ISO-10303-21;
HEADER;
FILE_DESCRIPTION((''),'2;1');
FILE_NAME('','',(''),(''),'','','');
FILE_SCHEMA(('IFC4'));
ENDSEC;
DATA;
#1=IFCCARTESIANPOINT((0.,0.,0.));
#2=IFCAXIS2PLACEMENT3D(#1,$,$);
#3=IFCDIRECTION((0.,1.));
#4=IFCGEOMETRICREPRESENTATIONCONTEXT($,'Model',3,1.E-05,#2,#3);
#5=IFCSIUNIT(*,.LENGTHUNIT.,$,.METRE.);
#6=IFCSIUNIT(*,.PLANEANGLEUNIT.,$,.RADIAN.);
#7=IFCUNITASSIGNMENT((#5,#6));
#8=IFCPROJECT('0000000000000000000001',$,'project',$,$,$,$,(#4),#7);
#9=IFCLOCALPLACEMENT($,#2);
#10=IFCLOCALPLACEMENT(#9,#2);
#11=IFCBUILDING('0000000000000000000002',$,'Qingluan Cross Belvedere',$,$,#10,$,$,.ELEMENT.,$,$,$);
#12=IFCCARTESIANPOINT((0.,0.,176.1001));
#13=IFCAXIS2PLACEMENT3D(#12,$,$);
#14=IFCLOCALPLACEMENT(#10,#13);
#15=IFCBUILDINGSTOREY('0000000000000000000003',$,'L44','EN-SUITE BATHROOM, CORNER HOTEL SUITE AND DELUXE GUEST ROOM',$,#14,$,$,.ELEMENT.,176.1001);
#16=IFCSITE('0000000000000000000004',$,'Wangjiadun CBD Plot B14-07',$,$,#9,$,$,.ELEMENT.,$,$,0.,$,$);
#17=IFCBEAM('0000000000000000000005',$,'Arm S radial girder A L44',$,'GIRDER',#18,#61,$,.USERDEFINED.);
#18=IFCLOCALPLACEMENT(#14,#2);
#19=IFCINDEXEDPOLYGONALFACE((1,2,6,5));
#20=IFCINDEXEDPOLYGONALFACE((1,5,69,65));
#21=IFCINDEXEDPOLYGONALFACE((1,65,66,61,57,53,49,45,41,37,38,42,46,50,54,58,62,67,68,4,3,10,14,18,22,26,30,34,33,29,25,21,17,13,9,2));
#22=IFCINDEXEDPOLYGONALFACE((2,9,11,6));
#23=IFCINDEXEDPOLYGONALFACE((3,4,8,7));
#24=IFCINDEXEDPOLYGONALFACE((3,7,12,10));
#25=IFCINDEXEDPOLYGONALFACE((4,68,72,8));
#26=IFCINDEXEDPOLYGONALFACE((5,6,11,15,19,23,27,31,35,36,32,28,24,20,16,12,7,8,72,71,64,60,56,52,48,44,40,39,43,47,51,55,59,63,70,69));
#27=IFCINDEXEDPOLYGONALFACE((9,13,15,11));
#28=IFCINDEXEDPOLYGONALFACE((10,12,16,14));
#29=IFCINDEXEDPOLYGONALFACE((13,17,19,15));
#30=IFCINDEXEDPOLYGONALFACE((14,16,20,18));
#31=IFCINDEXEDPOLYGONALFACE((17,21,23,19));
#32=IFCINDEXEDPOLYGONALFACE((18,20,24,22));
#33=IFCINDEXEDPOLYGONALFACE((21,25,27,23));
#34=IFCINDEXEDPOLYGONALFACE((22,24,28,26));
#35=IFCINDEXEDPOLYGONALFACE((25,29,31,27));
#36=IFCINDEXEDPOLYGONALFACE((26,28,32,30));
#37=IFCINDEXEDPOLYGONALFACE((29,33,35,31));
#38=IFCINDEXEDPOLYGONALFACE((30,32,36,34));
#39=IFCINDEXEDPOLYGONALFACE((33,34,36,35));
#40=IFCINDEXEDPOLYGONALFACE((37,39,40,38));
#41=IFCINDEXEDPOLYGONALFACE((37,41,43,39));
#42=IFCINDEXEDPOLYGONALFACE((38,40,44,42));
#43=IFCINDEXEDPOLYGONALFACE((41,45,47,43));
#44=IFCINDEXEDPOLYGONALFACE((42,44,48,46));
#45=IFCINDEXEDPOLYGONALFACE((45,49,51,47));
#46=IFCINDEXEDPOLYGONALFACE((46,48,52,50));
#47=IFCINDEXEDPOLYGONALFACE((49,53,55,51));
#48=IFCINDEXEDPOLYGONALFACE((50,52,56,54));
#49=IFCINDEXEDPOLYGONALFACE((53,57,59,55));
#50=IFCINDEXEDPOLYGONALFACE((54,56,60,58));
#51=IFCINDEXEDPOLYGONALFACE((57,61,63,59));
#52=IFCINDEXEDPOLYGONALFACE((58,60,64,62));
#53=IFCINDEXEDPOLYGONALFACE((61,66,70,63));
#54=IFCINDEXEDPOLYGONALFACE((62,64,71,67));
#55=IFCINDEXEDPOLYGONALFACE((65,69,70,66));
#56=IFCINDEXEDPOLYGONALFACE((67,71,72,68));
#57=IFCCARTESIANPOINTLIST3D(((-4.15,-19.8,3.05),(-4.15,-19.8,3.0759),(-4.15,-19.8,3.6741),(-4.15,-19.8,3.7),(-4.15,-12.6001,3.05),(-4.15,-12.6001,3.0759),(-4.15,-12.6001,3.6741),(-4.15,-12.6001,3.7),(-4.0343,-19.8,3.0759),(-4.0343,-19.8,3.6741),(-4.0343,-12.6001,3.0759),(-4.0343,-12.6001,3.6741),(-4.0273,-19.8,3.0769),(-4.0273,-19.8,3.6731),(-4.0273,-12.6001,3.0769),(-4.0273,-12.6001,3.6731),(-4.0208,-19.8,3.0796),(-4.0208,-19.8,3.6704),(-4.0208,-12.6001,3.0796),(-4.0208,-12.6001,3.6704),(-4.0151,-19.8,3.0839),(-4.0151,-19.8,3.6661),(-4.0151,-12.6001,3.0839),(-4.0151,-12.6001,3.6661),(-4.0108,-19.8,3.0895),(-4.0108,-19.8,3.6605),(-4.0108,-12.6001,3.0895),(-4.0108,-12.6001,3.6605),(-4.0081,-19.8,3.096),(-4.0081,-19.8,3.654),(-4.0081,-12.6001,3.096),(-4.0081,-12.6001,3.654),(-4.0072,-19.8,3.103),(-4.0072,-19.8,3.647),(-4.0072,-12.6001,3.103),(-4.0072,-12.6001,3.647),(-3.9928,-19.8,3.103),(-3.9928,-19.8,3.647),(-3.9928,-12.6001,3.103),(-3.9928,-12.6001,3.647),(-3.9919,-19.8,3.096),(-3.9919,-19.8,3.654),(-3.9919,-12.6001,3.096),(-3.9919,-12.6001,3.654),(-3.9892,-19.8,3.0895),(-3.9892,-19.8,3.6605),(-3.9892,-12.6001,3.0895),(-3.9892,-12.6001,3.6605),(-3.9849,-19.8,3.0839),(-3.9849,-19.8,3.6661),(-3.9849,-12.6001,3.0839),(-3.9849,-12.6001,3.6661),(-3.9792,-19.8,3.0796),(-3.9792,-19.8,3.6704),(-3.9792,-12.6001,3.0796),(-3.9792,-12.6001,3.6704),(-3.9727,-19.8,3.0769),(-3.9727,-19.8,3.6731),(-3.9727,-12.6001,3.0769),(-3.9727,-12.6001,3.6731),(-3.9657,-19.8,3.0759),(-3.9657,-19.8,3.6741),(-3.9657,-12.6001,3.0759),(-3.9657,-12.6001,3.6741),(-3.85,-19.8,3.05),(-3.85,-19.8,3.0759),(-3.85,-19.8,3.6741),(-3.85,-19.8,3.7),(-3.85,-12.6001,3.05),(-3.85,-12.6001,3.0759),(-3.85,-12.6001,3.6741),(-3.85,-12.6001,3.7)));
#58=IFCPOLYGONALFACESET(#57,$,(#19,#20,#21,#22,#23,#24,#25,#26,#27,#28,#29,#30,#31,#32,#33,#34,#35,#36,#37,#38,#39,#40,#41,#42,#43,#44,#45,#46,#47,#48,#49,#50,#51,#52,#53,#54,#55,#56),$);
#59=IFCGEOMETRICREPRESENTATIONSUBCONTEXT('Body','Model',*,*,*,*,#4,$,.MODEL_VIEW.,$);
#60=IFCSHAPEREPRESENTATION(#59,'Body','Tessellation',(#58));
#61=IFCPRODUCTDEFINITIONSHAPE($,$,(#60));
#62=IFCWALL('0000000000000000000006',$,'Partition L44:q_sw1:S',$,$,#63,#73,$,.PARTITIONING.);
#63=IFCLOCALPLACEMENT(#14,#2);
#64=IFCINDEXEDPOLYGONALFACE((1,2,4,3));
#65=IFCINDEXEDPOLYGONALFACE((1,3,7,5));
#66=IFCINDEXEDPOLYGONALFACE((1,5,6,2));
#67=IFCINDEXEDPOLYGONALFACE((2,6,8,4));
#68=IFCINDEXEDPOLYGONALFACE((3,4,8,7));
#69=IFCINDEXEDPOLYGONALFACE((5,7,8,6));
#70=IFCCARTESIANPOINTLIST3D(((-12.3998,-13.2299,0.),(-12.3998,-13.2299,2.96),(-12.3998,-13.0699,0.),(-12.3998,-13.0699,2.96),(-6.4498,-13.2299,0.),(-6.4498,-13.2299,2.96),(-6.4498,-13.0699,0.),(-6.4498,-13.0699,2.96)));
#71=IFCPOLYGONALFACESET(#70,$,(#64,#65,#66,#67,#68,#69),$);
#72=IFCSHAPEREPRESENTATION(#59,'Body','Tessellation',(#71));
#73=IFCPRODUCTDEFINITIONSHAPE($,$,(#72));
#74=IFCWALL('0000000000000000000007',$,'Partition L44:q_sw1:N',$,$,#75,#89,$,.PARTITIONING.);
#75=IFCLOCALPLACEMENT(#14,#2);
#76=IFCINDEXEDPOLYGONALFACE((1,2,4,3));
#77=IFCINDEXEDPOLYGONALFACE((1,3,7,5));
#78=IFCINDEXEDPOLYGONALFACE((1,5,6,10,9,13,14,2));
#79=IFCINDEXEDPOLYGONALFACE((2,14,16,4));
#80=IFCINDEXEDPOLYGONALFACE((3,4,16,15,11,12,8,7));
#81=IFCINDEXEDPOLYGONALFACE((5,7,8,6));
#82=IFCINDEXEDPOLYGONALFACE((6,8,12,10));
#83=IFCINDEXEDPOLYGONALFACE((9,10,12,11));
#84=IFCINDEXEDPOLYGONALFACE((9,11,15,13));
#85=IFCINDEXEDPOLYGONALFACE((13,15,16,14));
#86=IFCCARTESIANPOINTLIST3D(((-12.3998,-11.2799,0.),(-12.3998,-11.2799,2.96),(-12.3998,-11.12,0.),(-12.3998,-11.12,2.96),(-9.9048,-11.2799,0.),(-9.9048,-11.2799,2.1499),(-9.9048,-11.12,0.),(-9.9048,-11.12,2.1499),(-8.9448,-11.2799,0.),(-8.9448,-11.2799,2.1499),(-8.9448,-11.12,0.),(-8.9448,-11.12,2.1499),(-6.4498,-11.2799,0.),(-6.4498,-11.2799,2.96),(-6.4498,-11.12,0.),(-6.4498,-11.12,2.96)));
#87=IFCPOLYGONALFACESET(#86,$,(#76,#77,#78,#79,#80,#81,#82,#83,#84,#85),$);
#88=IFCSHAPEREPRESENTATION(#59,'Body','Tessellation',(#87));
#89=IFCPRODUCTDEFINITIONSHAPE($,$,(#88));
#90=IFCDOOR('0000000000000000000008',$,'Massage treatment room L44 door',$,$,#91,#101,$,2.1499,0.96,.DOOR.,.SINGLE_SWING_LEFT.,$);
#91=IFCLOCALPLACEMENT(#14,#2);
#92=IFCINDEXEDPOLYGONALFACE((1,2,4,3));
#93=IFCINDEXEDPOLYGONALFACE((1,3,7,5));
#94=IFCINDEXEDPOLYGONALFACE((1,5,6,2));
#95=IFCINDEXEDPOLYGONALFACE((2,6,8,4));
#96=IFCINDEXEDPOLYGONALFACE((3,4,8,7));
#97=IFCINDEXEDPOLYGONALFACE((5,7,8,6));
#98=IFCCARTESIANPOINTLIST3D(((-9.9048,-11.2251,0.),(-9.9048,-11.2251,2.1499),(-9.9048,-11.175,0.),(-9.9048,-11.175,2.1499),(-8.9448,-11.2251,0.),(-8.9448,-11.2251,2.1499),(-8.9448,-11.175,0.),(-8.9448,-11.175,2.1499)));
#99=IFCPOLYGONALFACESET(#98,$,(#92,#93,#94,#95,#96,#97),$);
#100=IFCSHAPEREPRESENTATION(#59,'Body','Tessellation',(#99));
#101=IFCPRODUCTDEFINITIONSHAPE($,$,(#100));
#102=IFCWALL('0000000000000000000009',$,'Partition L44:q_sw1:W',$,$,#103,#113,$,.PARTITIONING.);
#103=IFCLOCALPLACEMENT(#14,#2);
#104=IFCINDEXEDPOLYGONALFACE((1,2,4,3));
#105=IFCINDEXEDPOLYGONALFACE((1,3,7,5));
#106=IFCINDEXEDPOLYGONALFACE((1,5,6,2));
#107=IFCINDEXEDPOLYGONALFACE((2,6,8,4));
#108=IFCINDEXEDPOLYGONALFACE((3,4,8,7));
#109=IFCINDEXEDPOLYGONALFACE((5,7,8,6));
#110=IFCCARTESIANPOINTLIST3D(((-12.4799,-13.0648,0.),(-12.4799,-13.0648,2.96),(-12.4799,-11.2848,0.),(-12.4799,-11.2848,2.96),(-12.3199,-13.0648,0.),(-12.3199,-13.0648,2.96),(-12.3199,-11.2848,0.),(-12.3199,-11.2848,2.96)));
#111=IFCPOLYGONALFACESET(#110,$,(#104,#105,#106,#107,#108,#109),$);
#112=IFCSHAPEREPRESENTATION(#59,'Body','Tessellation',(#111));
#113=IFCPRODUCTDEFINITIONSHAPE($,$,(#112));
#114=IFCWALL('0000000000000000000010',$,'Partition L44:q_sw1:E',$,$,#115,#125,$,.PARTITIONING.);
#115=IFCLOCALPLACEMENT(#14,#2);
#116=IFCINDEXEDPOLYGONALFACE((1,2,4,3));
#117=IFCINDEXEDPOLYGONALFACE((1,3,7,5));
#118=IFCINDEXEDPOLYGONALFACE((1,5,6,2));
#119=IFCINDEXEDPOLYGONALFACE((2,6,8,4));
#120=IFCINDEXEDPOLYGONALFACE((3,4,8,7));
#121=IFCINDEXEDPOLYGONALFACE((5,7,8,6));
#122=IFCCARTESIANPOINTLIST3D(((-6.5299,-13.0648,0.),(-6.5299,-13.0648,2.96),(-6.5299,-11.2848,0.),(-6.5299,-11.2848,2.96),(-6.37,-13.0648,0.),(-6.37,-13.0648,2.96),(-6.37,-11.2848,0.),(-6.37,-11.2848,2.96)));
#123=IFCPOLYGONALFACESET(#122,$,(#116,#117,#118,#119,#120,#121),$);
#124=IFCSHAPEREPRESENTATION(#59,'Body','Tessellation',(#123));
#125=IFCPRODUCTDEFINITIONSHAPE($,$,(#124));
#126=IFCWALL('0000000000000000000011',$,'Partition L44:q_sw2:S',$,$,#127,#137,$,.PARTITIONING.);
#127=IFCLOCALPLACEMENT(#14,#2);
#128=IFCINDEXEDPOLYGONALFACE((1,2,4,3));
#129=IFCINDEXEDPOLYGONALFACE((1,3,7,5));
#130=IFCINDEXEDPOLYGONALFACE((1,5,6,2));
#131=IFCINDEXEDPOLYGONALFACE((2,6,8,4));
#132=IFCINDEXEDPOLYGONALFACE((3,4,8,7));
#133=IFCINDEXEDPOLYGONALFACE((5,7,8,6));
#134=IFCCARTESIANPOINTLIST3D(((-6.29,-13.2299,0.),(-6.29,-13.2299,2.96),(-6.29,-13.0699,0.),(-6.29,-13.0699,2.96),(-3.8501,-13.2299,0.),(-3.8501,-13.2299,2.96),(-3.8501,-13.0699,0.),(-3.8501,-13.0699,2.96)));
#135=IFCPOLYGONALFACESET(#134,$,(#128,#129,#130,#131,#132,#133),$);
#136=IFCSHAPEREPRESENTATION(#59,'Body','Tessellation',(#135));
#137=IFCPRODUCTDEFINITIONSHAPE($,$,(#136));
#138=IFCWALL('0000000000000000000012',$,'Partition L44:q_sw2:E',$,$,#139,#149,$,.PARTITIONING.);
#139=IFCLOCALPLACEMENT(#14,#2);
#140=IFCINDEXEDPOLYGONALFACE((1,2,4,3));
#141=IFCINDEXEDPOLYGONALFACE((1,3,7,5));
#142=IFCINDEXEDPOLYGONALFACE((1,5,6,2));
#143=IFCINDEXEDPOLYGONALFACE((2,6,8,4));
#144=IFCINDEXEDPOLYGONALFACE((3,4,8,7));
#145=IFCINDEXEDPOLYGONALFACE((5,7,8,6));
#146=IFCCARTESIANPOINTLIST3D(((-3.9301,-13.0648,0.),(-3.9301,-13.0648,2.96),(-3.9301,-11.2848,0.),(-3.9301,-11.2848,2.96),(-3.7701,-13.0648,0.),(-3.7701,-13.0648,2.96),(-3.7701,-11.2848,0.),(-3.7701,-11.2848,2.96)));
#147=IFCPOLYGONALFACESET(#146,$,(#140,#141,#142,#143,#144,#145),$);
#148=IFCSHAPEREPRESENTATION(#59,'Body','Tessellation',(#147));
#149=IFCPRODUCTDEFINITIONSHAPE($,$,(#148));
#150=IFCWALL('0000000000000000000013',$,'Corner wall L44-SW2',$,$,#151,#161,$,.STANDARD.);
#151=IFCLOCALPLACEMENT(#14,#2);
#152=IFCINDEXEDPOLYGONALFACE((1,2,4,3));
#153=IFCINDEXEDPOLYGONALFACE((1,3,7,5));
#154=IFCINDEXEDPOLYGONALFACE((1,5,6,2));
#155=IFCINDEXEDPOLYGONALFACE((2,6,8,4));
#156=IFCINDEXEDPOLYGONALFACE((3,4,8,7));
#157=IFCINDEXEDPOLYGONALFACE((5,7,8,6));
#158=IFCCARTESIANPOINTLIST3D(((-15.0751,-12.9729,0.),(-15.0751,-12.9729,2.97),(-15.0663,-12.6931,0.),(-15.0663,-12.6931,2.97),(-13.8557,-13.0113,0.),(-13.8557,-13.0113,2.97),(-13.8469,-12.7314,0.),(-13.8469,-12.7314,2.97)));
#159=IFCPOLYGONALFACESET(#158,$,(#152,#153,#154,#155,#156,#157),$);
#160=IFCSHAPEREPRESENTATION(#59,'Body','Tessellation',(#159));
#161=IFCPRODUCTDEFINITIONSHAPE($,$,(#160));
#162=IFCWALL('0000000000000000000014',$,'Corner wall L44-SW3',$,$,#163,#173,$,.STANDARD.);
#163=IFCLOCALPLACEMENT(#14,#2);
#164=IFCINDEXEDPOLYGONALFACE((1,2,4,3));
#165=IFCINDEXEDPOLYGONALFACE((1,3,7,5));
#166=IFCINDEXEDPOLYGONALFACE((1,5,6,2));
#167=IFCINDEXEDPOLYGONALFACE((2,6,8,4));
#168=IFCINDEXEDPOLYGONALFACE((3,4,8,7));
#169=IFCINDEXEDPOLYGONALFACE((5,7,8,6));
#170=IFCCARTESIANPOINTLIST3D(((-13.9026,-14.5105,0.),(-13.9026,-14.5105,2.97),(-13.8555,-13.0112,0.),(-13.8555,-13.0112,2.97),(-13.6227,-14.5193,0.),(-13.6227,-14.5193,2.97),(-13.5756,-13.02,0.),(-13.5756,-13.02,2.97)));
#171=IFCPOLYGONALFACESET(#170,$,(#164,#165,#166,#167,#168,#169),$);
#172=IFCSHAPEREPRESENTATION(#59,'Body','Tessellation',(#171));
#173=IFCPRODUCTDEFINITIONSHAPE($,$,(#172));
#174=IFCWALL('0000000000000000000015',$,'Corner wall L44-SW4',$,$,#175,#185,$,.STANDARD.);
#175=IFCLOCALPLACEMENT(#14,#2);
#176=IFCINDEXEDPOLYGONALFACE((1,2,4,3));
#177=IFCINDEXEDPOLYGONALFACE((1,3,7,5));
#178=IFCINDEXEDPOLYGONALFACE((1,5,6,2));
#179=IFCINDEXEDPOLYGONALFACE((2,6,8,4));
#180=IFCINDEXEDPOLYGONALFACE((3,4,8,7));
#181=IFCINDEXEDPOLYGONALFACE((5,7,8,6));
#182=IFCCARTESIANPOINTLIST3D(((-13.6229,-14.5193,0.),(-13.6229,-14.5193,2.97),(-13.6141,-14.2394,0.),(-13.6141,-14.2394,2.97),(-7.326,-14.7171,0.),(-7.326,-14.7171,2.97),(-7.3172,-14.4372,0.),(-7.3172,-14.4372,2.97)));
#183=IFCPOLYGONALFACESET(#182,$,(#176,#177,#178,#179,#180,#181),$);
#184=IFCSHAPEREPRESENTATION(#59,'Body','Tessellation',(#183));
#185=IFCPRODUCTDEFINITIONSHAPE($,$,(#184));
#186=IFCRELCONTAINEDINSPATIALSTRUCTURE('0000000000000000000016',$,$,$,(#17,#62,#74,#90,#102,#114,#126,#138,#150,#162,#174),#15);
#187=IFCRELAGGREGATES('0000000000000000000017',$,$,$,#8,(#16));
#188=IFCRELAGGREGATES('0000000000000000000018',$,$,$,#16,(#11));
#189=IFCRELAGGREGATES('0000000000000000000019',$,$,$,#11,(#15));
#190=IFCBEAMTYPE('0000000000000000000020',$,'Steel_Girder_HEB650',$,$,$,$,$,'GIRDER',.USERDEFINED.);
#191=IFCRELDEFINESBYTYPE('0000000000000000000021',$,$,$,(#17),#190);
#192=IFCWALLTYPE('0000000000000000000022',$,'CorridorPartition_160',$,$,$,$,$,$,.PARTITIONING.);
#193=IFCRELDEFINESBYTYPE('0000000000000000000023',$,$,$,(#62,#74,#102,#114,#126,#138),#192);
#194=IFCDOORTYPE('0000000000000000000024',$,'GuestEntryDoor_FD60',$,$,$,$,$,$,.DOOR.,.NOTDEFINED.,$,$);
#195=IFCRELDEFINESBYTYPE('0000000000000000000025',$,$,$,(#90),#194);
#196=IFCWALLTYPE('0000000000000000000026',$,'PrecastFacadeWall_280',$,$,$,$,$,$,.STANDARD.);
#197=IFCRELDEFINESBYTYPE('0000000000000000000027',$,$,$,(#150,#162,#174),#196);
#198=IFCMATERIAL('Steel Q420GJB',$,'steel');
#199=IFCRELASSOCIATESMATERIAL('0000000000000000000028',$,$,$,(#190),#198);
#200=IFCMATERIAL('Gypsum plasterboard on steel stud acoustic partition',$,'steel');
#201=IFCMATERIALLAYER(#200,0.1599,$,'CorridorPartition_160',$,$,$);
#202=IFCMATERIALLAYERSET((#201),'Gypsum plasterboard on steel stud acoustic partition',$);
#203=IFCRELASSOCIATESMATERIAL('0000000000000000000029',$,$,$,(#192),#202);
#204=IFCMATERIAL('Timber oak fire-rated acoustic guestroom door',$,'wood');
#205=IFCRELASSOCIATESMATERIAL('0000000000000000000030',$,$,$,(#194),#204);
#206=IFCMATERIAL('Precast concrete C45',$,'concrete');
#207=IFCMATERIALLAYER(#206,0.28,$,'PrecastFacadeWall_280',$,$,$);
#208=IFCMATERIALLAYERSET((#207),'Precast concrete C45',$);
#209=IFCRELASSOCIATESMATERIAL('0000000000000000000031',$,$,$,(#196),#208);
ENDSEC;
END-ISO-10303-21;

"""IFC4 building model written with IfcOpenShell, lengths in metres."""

from ifc_helpers import new_model, si_unit, direction, frame, frame_2d, origin, origin_2d, place, context, subcontext, project, spatial, rectangle, i_section, extrude, material, layer, layer_set, material_profile, profile_set, type_object, element, fill, save


model = new_model("IFC4")

# Units and contexts
model_context = context("Model", 3, precision=1e-05, world=origin(), true_north=direction((0.0, 1.0)))
body_context = subcontext(model_context, "Body", "Model", "MODEL_VIEW")
ifc_project = project(units=[si_unit("LENGTHUNIT", "METRE"), si_unit("PLANEANGLEUNIT", "RADIAN")], contexts=[model_context])

# Site, building, storey
site_placement = place(None, origin())
site = spatial("IfcSite", under=ifc_project, at=site_placement, Name="Wangjiadun CBD Plot B14-07", CompositionType="ELEMENT", RefElevation=0.0)
building_placement = place(site_placement, origin())
building = spatial("IfcBuilding", under=site, at=building_placement, Name="Qingluan Cross Belvedere", CompositionType="ELEMENT")
storey_placement = place(building_placement, frame((0.0, 0.0, 176.1001)))
storey = spatial("IfcBuildingStorey", under=building, at=storey_placement, Name="L44", Description="EN-SUITE BATHROOM, CORNER HOTEL SUITE AND DELUXE GUEST ROOM", CompositionType="ELEMENT", Elevation=176.1001)

# Beam
ifc_material_1 = material(Name="Steel Q420GJB", Category="steel")
ifc_material_profile_1 = material_profile(ifc_material_1, i_section(OverallWidth=0.3, OverallDepth=0.6499, WebThickness=0.0144, FlangeThickness=0.0259, FilletRadius=0.0271, at=origin_2d()), Name="HEB650")
ifc_profile_set_1 = profile_set([ifc_material_profile_1], Name="Steel Q420GJB")
beam_type_1 = type_object("IfcBeamType", Name="Steel_Girder_HEB650", ElementType="GIRDER", PredefinedType="USERDEFINED", material=ifc_profile_set_1)
beam_1_placement = place(storey_placement, frame((-4.0, -12.6001, 3.375), z_axis=(0.0, -1.0, 0.0), x_axis=(1.0, 0.0, 0.0)))
element("IfcBeam", 1, at=beam_1_placement, inside=storey, type_object=beam_type_1, Name="Arm S radial girder A L44", ObjectType="GIRDER", PredefinedType="USERDEFINED", context=body_context, shape_type="SweptSolid", body=[
    extrude(i_section(OverallWidth=0.3, OverallDepth=0.6499, WebThickness=0.0144, FlangeThickness=0.0259, FilletRadius=0.0271, at=origin_2d()), origin(), (0.0, 0.0, 1.0), 7.2),
])

# Wall
ifc_material_2 = material(Name="Gypsum plasterboard on steel stud acoustic partition", Category="steel")
ifc_layer_1 = layer(ifc_material_2, 0.1599, Name="CorridorPartition_160")
ifc_layer_set_1 = layer_set([ifc_layer_1], Name="Gypsum plasterboard on steel stud acoustic partition")
wall_type_1 = type_object("IfcWallType", Name="CorridorPartition_160", PredefinedType="PARTITIONING", material=ifc_layer_set_1)
wall_1_placement = place(storey_placement, frame((-12.3999, -13.1499, 0.0), z_axis=(0.0, 0.0, 1.0), x_axis=(1.0, 0.0, 0.0)))
element("IfcWall", 2, at=wall_1_placement, inside=storey, type_object=wall_type_1, Name="Partition L44:q_sw1:S", PredefinedType="PARTITIONING", context=body_context, shape_type="SweptSolid", body=[
    extrude(rectangle(XDim=5.95, YDim=0.1599, at=frame_2d((2.9751, 0.0))), origin(), (0.0, 0.0, 1.0), 2.96),
])

# Wall, opening, door
wall_2_placement = place(storey_placement, frame((-12.3999, -11.2, 0.0), z_axis=(0.0, 0.0, 1.0), x_axis=(1.0, 0.0, 0.0)))
wall_2 = element("IfcWall", 3, at=wall_2_placement, inside=storey, type_object=wall_type_1, Name="Partition L44:q_sw1:N", PredefinedType="PARTITIONING", context=body_context, shape_type="SweptSolid", body=[
    extrude(rectangle(XDim=5.95, YDim=0.1599, at=frame_2d((2.9751, 0.0))), origin(), (0.0, 0.0, 1.0), 2.96),
])
opening_1_placement = place(wall_2_placement, frame((2.4951, 0.0, 0.0)))
opening_1 = element("IfcOpeningElement", 4, at=opening_1_placement, cuts=wall_2, PredefinedType="OPENING", context=body_context, shape_type="SweptSolid", body=[
    extrude(rectangle(XDim=0.96, YDim=2.1499, at=frame_2d((0.48, 1.075))), frame((0.0, 0.0898, 0.0), z_axis=(0.0, -1.0, 0.0), x_axis=(1.0, 0.0, 0.0)), (0.0, 0.0, 1.0), 0.1799),
])
ifc_material_3 = material(Name="Timber oak fire-rated acoustic guestroom door", Category="wood")
door_type = type_object("IfcDoorType", Name="GuestEntryDoor_FD60", OperationType="NOTDEFINED", PredefinedType="DOOR", material=ifc_material_3)
door_1_placement = place(opening_1_placement, origin())
door_1 = element("IfcDoor", 5, at=door_1_placement, inside=storey, type_object=door_type, Name="Massage treatment room L44 door", OperationType="SINGLE_SWING_LEFT", OverallHeight=2.1499, OverallWidth=0.96, PredefinedType="DOOR", context=body_context, shape_type="SweptSolid", body=[
    extrude(rectangle(XDim=0.96, YDim=2.1499, at=frame_2d((0.48, 1.075))), frame((0.0, 0.0249, 0.0), z_axis=(0.0, -1.0, 0.0), x_axis=(1.0, 0.0, 0.0)), (0.0, 0.0, 1.0), 0.05),
])
fill(opening_1, door_1)

# Walls
for number, where, z_axis, x_axis, name in (
    (6, (-12.3999, -13.0649, 0.0), (0.0, 0.0, 1.0), (0.0, 1.0, 0.0), "Partition L44:q_sw1:W"),
    (7, (-6.45, -13.0649, 0.0), (0.0, 0.0, 1.0), (0.0, 1.0, 0.0), "Partition L44:q_sw1:E"),
):
    element("IfcWall", number, at=place(storey_placement, frame(where, z_axis=z_axis, x_axis=x_axis)), inside=storey, type_object=wall_type_1, Name=name, PredefinedType="PARTITIONING", context=body_context, shape_type="SweptSolid", body=[
        extrude(rectangle(XDim=1.78, YDim=0.1599, at=frame_2d((0.8901, 0.0))), origin(), (0.0, 0.0, 1.0), 2.96),
    ])
wall_3_placement = place(storey_placement, frame((-6.29, -13.1499, 0.0), z_axis=(0.0, 0.0, 1.0), x_axis=(1.0, 0.0, 0.0)))
element("IfcWall", 8, at=wall_3_placement, inside=storey, type_object=wall_type_1, Name="Partition L44:q_sw2:S", PredefinedType="PARTITIONING", context=body_context, shape_type="SweptSolid", body=[
    extrude(rectangle(XDim=2.4399, YDim=0.1599, at=frame_2d((1.22, 0.0))), origin(), (0.0, 0.0, 1.0), 2.96),
])

# Walls
wall_4_placement = place(storey_placement, frame((-3.8501, -13.0649, 0.0), z_axis=(0.0, 0.0, 1.0), x_axis=(0.0, 1.0, 0.0)))
element("IfcWall", 9, at=wall_4_placement, inside=storey, type_object=wall_type_1, Name="Partition L44:q_sw2:E", PredefinedType="PARTITIONING", context=body_context, shape_type="SweptSolid", body=[
    extrude(rectangle(XDim=1.78, YDim=0.1599, at=frame_2d((0.8901, 0.0))), origin(), (0.0, 0.0, 1.0), 2.96),
])
ifc_material_4 = material(Name="Precast concrete C45", Category="concrete")
ifc_layer_2 = layer(ifc_material_4, 0.28, Name="PrecastFacadeWall_280")
ifc_layer_set_2 = layer_set([ifc_layer_2], Name="Precast concrete C45")
wall_type_2 = type_object("IfcWallType", Name="PrecastFacadeWall_280", PredefinedType="STANDARD", material=ifc_layer_set_2)
wall_5_placement = place(storey_placement, frame((-15.0706, -12.833, 0.0), z_axis=(0.0, 0.0, 1.0), x_axis=(0.999506, -0.031416, 0.0)))
element("IfcWall", 10, at=wall_5_placement, inside=storey, type_object=wall_type_2, Name="Corner wall L44-SW2", PredefinedType="STANDARD", context=body_context, shape_type="SweptSolid", body=[
    extrude(rectangle(XDim=1.22, YDim=0.28, at=frame_2d((0.6099, 0.0))), origin(), (0.0, 0.0, 1.0), 2.97),
])
wall_6_placement = place(storey_placement, frame((-13.7156, -13.0156, 0.0), z_axis=(0.0, 0.0, 1.0), x_axis=(-0.031413, -0.999507, 0.0)))
element("IfcWall", 11, at=wall_6_placement, inside=storey, type_object=wall_type_2, Name="Corner wall L44-SW3", PredefinedType="STANDARD", context=body_context, shape_type="SweptSolid", body=[
    extrude(rectangle(XDim=1.5, YDim=0.28, at=frame_2d((0.75, 0.0))), origin(), (0.0, 0.0, 1.0), 2.97),
])
wall_7_placement = place(storey_placement, frame((-13.6184, -14.3794, 0.0), z_axis=(0.0, 0.0, 1.0), x_axis=(0.999507, -0.03139, 0.0)))
element("IfcWall", 12, at=wall_7_placement, inside=storey, type_object=wall_type_2, Name="Corner wall L44-SW4", PredefinedType="STANDARD", context=body_context, shape_type="SweptSolid", body=[
    extrude(rectangle(XDim=6.3, YDim=0.28, at=frame_2d((3.1499, 0.0))), origin(), (0.0, 0.0, 1.0), 2.97),
])

save(model, "model.ifc")
